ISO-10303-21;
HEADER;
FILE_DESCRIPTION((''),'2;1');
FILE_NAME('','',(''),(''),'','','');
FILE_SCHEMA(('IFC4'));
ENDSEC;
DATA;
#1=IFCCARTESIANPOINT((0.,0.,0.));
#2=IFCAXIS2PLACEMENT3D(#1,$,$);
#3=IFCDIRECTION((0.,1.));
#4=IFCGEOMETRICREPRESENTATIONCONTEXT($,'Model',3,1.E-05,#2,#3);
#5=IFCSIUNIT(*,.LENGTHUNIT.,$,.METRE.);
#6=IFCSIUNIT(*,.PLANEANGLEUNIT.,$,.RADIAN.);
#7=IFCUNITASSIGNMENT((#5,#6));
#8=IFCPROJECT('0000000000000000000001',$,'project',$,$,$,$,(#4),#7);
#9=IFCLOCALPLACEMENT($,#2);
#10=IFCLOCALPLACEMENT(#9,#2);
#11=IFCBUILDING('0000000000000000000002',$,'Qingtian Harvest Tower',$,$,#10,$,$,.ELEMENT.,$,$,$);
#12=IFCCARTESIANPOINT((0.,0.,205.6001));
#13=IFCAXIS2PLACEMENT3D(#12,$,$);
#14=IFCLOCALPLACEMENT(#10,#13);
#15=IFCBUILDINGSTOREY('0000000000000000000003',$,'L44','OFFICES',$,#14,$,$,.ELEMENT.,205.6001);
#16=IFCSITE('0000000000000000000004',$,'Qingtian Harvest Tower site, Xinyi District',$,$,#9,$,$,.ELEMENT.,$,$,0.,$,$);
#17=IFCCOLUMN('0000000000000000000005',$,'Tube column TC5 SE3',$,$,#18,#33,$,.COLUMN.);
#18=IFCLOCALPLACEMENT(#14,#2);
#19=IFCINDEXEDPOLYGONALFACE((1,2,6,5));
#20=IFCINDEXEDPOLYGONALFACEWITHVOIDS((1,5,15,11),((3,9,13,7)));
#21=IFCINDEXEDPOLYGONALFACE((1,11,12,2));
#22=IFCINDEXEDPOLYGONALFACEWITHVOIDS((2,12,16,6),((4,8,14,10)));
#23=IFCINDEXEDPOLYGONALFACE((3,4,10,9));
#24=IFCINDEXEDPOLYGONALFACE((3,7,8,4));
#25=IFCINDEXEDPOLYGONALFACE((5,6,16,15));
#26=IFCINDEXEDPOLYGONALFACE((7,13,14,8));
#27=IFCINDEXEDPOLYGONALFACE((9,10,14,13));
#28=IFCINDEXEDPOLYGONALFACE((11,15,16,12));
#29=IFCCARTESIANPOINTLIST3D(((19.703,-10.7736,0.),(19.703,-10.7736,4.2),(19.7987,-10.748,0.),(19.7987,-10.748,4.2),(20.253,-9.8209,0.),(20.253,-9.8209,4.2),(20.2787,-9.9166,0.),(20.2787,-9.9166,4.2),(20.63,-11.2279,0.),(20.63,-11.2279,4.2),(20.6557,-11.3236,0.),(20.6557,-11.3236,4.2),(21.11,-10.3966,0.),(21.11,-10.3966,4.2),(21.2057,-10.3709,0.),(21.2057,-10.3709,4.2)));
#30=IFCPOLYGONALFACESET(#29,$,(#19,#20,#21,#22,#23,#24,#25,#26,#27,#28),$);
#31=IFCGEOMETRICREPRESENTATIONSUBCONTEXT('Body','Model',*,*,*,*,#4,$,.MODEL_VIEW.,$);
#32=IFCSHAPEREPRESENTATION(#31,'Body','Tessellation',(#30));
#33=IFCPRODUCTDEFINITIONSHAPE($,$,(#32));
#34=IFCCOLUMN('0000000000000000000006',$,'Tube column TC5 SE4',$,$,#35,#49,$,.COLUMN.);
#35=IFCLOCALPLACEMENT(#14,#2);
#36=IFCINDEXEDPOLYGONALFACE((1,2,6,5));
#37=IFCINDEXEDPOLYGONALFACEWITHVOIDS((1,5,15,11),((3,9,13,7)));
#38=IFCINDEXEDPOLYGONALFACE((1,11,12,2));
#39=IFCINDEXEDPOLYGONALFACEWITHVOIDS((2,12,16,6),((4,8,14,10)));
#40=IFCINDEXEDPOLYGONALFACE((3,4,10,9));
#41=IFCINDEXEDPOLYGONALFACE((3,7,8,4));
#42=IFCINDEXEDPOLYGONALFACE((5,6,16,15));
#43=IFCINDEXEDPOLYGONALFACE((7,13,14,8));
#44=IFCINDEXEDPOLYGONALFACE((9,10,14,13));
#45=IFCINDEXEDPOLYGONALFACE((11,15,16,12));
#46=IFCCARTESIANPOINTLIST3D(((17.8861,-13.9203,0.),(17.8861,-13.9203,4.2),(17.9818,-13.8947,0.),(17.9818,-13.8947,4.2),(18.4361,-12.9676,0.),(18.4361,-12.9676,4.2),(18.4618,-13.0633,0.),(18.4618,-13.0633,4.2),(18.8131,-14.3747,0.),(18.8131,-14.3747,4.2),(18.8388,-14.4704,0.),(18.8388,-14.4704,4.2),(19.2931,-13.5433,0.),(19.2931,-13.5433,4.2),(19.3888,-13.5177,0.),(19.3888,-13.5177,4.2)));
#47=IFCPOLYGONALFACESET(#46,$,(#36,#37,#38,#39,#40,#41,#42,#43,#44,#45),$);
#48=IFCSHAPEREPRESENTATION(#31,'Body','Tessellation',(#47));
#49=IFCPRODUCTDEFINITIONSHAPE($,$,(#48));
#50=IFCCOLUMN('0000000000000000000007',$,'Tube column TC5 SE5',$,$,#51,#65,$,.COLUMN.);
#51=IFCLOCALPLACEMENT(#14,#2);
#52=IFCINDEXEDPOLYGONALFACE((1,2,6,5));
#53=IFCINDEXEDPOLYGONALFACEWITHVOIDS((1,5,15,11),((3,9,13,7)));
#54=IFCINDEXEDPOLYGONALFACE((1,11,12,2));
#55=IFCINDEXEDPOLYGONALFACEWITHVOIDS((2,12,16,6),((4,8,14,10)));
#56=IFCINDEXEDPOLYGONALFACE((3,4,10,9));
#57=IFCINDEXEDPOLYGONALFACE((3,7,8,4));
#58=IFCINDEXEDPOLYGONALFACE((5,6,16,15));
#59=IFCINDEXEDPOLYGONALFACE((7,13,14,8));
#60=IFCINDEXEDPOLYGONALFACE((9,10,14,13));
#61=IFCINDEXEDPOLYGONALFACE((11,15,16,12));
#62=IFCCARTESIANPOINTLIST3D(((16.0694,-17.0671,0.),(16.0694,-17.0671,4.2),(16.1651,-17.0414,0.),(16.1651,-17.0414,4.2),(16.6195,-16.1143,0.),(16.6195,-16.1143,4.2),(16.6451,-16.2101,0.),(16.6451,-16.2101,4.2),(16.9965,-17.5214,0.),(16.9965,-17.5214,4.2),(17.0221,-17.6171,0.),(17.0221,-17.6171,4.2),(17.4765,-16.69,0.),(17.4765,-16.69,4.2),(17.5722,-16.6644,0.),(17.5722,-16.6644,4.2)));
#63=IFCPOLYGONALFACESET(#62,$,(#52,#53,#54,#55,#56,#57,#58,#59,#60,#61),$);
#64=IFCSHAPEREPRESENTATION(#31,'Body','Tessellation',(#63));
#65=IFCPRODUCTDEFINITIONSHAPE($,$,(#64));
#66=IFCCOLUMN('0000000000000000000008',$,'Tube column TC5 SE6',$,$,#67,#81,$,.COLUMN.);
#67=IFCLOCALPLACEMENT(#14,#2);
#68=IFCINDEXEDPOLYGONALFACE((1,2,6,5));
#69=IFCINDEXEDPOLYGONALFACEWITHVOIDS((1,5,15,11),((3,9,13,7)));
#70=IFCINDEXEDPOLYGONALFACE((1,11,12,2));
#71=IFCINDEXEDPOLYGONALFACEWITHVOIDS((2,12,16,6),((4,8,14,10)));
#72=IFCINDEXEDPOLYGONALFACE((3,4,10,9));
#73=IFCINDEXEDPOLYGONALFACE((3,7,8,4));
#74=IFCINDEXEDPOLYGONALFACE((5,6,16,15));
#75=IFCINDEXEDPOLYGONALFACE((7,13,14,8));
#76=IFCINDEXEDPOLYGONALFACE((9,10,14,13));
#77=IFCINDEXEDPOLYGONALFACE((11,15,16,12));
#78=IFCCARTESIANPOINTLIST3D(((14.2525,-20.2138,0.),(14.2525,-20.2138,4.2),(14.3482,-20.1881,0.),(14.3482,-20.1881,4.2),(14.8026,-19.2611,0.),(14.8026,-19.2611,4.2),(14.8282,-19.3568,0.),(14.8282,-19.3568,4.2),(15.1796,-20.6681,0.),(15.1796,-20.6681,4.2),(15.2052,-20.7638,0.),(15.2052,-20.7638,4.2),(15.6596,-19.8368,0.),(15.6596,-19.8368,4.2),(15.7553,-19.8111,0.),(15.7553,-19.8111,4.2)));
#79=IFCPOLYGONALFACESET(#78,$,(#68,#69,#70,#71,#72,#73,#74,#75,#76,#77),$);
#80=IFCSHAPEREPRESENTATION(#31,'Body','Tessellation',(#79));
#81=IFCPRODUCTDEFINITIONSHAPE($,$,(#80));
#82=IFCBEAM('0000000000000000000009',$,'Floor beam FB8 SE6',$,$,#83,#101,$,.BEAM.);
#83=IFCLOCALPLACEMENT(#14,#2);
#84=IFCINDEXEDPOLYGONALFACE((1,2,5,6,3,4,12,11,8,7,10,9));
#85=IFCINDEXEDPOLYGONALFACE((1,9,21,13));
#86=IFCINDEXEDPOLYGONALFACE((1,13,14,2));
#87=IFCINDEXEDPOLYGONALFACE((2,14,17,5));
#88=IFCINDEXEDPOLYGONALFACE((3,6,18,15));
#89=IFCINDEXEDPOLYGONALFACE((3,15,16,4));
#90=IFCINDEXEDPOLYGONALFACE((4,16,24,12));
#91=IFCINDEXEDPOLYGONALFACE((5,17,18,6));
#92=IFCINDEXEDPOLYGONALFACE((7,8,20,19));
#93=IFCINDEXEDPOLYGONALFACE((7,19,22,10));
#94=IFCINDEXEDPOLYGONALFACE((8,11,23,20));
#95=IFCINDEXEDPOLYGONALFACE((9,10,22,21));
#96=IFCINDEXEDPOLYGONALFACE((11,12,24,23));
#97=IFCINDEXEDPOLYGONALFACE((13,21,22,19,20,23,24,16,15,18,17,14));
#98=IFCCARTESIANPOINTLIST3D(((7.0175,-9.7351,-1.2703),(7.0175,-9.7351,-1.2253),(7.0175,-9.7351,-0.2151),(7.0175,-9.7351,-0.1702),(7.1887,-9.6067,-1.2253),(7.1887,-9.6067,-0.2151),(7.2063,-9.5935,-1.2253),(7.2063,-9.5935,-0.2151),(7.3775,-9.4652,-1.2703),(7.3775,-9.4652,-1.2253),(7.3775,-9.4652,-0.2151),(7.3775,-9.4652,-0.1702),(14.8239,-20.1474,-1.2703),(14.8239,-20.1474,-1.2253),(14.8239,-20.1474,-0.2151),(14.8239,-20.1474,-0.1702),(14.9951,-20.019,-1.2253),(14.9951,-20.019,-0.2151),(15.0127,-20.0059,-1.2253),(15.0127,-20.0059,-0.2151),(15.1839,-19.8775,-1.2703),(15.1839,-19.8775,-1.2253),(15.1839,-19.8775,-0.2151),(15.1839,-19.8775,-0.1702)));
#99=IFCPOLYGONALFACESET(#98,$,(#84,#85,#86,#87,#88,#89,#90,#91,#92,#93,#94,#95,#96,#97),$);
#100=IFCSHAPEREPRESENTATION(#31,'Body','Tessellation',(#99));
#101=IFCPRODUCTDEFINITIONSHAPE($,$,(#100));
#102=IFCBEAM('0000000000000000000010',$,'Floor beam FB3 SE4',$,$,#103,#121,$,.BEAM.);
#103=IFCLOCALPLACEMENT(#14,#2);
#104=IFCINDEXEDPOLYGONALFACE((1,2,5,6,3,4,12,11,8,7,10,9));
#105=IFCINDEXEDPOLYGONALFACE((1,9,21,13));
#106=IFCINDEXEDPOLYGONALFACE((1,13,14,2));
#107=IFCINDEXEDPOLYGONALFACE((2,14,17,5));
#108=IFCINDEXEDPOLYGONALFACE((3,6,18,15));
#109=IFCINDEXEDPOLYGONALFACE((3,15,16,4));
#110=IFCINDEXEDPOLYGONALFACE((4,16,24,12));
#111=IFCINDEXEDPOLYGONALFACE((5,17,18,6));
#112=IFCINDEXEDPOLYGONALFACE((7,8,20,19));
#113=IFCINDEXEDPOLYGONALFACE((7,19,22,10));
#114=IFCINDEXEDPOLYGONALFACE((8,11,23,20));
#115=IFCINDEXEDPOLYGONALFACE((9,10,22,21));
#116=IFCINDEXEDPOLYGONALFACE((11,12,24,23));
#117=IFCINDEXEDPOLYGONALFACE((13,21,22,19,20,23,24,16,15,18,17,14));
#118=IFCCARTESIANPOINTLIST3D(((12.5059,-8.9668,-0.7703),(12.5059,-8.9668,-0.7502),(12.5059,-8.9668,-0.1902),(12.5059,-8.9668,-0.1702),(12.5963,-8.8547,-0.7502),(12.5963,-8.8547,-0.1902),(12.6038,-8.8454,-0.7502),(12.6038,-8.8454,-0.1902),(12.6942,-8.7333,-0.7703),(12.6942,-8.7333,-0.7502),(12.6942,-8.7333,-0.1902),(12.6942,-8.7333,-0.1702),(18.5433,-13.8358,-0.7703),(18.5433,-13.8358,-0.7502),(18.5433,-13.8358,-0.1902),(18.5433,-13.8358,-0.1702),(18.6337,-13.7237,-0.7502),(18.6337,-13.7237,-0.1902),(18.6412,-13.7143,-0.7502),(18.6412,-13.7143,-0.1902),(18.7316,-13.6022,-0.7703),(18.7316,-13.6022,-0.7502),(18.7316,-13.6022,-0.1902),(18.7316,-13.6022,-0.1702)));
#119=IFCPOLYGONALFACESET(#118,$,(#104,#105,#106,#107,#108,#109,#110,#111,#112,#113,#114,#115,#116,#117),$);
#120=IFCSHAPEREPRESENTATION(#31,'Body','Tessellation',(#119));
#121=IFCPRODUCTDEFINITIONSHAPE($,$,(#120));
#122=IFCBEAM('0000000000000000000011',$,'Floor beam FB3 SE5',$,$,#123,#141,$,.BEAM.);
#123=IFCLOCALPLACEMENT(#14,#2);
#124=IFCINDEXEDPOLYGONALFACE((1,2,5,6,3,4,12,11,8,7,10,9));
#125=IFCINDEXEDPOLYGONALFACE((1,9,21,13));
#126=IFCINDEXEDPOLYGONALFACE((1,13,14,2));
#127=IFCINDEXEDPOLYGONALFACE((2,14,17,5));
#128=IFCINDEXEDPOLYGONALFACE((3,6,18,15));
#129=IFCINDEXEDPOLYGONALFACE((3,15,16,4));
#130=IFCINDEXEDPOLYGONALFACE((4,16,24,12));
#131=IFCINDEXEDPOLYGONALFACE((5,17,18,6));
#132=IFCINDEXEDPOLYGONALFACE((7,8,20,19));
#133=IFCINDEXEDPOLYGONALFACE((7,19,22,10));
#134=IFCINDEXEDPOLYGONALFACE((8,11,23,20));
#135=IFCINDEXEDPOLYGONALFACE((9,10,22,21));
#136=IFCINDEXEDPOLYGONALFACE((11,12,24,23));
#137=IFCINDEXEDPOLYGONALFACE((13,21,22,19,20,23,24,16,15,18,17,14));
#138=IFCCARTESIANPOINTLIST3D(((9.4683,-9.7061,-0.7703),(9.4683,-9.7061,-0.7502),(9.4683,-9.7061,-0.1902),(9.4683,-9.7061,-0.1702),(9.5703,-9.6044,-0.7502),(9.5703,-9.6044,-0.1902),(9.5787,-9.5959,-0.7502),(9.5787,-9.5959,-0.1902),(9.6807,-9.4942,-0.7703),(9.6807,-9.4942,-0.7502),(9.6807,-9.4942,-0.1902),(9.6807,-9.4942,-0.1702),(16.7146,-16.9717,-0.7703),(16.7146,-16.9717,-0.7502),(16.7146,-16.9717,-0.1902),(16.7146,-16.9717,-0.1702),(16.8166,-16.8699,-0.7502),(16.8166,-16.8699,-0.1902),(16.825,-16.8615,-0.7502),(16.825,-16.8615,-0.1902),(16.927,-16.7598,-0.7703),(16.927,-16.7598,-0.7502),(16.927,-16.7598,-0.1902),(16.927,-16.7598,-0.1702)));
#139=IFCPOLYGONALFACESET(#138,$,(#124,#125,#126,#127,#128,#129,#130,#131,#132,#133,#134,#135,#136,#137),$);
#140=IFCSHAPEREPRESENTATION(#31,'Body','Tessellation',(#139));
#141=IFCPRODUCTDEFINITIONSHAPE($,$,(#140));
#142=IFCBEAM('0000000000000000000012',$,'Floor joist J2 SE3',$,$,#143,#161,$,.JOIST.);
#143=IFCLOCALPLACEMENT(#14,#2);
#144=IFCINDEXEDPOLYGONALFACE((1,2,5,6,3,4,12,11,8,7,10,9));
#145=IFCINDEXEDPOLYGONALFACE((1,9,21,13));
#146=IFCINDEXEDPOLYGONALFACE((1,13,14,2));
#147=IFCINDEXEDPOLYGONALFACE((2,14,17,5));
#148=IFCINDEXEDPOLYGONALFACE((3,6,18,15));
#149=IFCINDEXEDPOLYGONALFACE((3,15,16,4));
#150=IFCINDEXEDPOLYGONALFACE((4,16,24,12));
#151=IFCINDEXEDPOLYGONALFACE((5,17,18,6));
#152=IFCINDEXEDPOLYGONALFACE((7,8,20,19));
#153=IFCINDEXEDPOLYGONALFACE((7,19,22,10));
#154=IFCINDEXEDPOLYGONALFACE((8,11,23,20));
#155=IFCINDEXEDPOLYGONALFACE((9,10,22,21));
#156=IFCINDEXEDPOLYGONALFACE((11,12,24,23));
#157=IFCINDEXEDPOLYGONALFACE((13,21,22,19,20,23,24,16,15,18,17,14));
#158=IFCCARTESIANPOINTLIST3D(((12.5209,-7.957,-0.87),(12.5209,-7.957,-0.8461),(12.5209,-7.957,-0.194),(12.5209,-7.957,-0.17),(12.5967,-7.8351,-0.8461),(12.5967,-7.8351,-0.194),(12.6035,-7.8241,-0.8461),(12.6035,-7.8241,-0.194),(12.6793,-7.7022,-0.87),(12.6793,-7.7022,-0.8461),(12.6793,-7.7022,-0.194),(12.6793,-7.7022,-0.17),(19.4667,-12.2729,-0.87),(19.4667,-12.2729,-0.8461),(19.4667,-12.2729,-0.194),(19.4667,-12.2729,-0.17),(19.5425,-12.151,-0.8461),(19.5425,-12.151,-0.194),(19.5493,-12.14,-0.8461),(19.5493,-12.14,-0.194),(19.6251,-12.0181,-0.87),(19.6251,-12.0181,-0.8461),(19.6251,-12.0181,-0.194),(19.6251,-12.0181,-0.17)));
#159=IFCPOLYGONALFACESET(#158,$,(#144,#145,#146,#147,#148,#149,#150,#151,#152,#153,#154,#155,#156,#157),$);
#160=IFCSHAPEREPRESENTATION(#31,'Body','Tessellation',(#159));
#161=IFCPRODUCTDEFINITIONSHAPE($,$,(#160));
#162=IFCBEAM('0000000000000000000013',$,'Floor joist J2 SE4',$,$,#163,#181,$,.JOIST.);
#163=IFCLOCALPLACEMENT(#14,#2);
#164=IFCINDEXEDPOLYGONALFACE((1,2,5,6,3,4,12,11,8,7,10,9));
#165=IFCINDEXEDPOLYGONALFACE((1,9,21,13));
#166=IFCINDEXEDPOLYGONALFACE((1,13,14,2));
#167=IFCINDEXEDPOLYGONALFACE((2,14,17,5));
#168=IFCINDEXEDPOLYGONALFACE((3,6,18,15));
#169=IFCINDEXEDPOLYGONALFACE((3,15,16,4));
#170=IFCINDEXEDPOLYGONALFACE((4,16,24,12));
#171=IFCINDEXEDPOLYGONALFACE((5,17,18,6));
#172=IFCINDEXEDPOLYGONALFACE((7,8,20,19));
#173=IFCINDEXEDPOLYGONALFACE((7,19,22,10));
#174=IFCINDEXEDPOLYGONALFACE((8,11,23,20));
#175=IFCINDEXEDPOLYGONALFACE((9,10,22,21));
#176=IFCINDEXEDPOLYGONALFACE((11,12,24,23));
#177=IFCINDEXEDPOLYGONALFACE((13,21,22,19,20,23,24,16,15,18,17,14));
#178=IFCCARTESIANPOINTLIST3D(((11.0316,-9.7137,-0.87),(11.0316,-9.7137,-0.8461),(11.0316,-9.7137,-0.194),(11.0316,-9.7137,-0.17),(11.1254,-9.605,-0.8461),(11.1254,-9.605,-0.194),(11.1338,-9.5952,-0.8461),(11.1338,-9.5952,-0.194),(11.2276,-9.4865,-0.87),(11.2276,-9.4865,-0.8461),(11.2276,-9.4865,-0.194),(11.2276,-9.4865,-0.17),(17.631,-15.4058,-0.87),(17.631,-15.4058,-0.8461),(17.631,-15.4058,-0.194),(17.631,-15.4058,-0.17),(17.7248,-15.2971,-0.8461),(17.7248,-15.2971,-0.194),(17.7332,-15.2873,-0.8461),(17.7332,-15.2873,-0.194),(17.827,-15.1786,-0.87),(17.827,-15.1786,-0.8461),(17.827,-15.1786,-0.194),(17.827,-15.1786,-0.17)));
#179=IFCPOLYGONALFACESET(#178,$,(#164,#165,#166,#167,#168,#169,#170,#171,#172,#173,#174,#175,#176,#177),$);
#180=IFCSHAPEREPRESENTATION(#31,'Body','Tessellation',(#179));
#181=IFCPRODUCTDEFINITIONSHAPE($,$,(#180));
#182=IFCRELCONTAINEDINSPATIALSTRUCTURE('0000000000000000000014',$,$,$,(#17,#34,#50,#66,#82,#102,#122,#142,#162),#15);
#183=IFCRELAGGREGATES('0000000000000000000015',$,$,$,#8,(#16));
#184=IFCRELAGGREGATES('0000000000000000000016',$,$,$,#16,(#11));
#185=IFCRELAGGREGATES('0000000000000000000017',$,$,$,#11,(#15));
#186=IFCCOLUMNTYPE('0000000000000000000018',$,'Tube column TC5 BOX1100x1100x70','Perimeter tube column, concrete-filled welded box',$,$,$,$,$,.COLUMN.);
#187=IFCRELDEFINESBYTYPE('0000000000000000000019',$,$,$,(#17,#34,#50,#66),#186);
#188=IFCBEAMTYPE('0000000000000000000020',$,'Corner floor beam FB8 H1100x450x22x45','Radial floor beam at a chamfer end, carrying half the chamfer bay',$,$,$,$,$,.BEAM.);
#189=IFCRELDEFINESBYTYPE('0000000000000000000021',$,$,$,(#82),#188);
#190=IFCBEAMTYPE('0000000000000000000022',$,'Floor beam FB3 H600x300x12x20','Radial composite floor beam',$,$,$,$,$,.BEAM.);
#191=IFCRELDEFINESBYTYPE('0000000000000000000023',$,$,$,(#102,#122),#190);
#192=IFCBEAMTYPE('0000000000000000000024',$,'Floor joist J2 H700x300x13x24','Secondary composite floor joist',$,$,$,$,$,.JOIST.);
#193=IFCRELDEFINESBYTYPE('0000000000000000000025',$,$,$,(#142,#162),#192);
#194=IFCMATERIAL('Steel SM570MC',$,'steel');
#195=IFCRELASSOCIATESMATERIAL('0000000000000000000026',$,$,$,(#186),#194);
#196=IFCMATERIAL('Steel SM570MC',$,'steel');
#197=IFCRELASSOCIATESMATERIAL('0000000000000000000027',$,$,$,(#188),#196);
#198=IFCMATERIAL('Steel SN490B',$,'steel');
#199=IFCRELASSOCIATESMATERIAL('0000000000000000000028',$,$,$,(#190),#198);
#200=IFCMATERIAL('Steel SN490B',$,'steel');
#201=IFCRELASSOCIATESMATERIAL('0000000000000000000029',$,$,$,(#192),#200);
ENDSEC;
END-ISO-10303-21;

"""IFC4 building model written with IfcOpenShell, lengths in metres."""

from ifc_helpers import new_model, si_unit, direction, frame, origin, origin_2d, place, context, subcontext, project, spatial, hollow_rectangle, i_section, extrude, material, material_profile, profile_set, type_object, element, save


model = new_model("IFC4")

# Units and contexts
model_context = context("Model", 3, precision=1e-05, world=origin(), true_north=direction((0.0, 1.0)))
body_context = subcontext(model_context, "Body", "Model", "MODEL_VIEW")
ifc_project = project(units=[si_unit("LENGTHUNIT", "METRE"), si_unit("PLANEANGLEUNIT", "RADIAN")], contexts=[model_context])

# Site, building, storey
site_placement = place(None, origin())
site = spatial("IfcSite", under=ifc_project, at=site_placement, Name="Qingtian Harvest Tower site, Xinyi District", CompositionType="ELEMENT", RefElevation=0.0)
building_placement = place(site_placement, origin())
building = spatial("IfcBuilding", under=site, at=building_placement, Name="Qingtian Harvest Tower", CompositionType="ELEMENT")
storey_placement = place(building_placement, frame((0.0, 0.0, 205.6001)))
storey = spatial("IfcBuildingStorey", under=building, at=storey_placement, Name="L44", Description="OFFICES", CompositionType="ELEMENT", Elevation=205.6001)

# Columns
ifc_material_1 = material(Name="Steel SM570MC", Category="steel")
ifc_material_profile_1 = material_profile(ifc_material_1, hollow_rectangle(XDim=1.1001, YDim=1.1001, WallThickness=0.0701, at=origin_2d()), Name="BOX1100x1100x70")
ifc_profile_set_1 = profile_set([ifc_material_profile_1], Name="Steel SM570MC")
column_type = type_object("IfcColumnType", Name="Tube column TC5 BOX1100x1100x70", Description="Perimeter tube column, concrete-filled welded box", PredefinedType="COLUMN", material=ifc_profile_set_1)
for number, where, z_axis, x_axis, name in (
    (1, (20.4543, -10.5723, 0.0), (0.0, 0.0, 1.0), (0.5, 0.866025, 0.0), "Tube column TC5 SE3"),
    (2, (18.6375, -13.719, 0.0), (0.0, 0.0, 1.0), (0.5, 0.866025, 0.0), "Tube column TC5 SE4"),
    (3, (16.8208, -16.8657, 0.0), (0.0, 0.0, 1.0), (0.5, 0.866025, 0.0), "Tube column TC5 SE5"),
    (4, (15.0039, -20.0125, 0.0), (0.0, 0.0, 1.0), (0.5, 0.866025, 0.0), "Tube column TC5 SE6"),
):
    element("IfcColumn", number, at=place(storey_placement, frame(where, z_axis=z_axis, x_axis=x_axis)), inside=storey, type_object=column_type, Name=name, PredefinedType="COLUMN", context=body_context, shape_type="SweptSolid", body=[
        extrude(hollow_rectangle(XDim=1.1001, YDim=1.1001, WallThickness=0.0701, at=origin_2d()), origin(), (0.0, 0.0, 1.0), 4.2),
    ])

# Beams
ifc_material_2 = material(Name="Steel SM570MC", Category="steel")
ifc_material_profile_2 = material_profile(ifc_material_2, i_section(OverallWidth=0.45, OverallDepth=1.1001, WebThickness=0.022, FlangeThickness=0.0449, at=origin_2d()), Name="H1100x450x22x45")
ifc_profile_set_2 = profile_set([ifc_material_profile_2], Name="Steel SM570MC")
beam_type_1 = type_object("IfcBeamType", Name="Corner floor beam FB8 H1100x450x22x45", Description="Radial floor beam at a chamfer end, carrying half the chamfer bay", PredefinedType="BEAM", material=ifc_profile_set_2)
beam_1_placement = place(storey_placement, frame((15.0039, -20.0125, -0.7202), z_axis=(-0.599859, 0.800106, 0.0), x_axis=(-0.800106, -0.599859, 0.0)))
element("IfcBeam", 5, at=beam_1_placement, inside=storey, type_object=beam_type_1, Name="Floor beam FB8 SE6", PredefinedType="BEAM", context=body_context, shape_type="SweptSolid", body=[
    extrude(i_section(OverallWidth=0.45, OverallDepth=1.1001, WebThickness=0.022, FlangeThickness=0.0449, at=origin_2d()), origin(), (0.0, 0.0, 1.0), 13.0137),
])
ifc_material_3 = material(Name="Steel SN490B", Category="steel")
ifc_material_profile_3 = material_profile(ifc_material_3, i_section(OverallWidth=0.3, OverallDepth=0.6001, WebThickness=0.012, FlangeThickness=0.02, at=origin_2d()), Name="H600x300x12x20")
ifc_profile_set_3 = profile_set([ifc_material_profile_3], Name="Steel SN490B")
beam_type_2 = type_object("IfcBeamType", Name="Floor beam FB3 H600x300x12x20", Description="Radial composite floor beam", PredefinedType="BEAM", material=ifc_profile_set_3)
beam_2_placement = place(storey_placement, frame((18.6375, -13.719, -0.4702), z_axis=(-0.778409, 0.627757, 0.0), x_axis=(-0.627757, -0.778409, 0.0)))
element("IfcBeam", 6, at=beam_2_placement, inside=storey, type_object=beam_type_2, Name="Floor beam FB3 SE4", PredefinedType="BEAM", context=body_context, shape_type="SweptSolid", body=[
    extrude(i_section(OverallWidth=0.3, OverallDepth=0.6001, WebThickness=0.012, FlangeThickness=0.02, at=origin_2d()), origin(), (0.0, 0.0, 1.0), 7.7561),
])
beam_3_placement = place(storey_placement, frame((16.8208, -16.8657, -0.4702), z_axis=(-0.706166, 0.708046, 0.0), x_axis=(-0.708046, -0.706166, 0.0)))
element("IfcBeam", 7, at=beam_3_placement, inside=storey, type_object=beam_type_2, Name="Floor beam FB3 SE5", PredefinedType="BEAM", context=body_context, shape_type="SweptSolid", body=[
    extrude(i_section(OverallWidth=0.3, OverallDepth=0.6001, WebThickness=0.012, FlangeThickness=0.02, at=origin_2d()), origin(), (0.0, 0.0, 1.0), 10.2615),
])
ifc_material_4 = material(Name="Steel SN490B", Category="steel")
ifc_material_profile_4 = material_profile(ifc_material_4, i_section(OverallWidth=0.3, OverallDepth=0.7, WebThickness=0.0129, FlangeThickness=0.0239, at=origin_2d()), Name="H700x300x13x24")
ifc_profile_set_4 = profile_set([ifc_material_profile_4], Name="Steel SN490B")
beam_type_3 = type_object("IfcBeamType", Name="Floor joist J2 H700x300x13x24", Description="Secondary composite floor joist", PredefinedType="JOIST", material=ifc_profile_set_4)
beam_4_placement = place(storey_placement, frame((19.5459, -12.1455, -0.52), z_axis=(-0.849381, 0.52778, 0.0), x_axis=(-0.52778, -0.849381, 0.0)))
element("IfcBeam", 8, at=beam_4_placement, inside=storey, type_object=beam_type_3, Name="Floor joist J2 SE3", PredefinedType="JOIST", context=body_context, shape_type="SweptSolid", body=[
    extrude(i_section(OverallWidth=0.3, OverallDepth=0.7, WebThickness=0.0129, FlangeThickness=0.0239, at=origin_2d()), origin(), (0.0, 0.0, 1.0), 8.1775),
])
beam_5_placement = place(storey_placement, frame((17.729, -15.2922, -0.52), z_axis=(-0.757238, 0.653139, 0.0), x_axis=(-0.653139, -0.757238, 0.0)))
element("IfcBeam", 9, at=beam_5_placement, inside=storey, type_object=beam_type_3, Name="Floor joist J2 SE4", PredefinedType="JOIST", context=body_context, shape_type="SweptSolid", body=[
    extrude(i_section(OverallWidth=0.3, OverallDepth=0.7, WebThickness=0.0129, FlangeThickness=0.0239, at=origin_2d()), origin(), (0.0, 0.0, 1.0), 8.7151),
])

save(model, "model.ifc")
